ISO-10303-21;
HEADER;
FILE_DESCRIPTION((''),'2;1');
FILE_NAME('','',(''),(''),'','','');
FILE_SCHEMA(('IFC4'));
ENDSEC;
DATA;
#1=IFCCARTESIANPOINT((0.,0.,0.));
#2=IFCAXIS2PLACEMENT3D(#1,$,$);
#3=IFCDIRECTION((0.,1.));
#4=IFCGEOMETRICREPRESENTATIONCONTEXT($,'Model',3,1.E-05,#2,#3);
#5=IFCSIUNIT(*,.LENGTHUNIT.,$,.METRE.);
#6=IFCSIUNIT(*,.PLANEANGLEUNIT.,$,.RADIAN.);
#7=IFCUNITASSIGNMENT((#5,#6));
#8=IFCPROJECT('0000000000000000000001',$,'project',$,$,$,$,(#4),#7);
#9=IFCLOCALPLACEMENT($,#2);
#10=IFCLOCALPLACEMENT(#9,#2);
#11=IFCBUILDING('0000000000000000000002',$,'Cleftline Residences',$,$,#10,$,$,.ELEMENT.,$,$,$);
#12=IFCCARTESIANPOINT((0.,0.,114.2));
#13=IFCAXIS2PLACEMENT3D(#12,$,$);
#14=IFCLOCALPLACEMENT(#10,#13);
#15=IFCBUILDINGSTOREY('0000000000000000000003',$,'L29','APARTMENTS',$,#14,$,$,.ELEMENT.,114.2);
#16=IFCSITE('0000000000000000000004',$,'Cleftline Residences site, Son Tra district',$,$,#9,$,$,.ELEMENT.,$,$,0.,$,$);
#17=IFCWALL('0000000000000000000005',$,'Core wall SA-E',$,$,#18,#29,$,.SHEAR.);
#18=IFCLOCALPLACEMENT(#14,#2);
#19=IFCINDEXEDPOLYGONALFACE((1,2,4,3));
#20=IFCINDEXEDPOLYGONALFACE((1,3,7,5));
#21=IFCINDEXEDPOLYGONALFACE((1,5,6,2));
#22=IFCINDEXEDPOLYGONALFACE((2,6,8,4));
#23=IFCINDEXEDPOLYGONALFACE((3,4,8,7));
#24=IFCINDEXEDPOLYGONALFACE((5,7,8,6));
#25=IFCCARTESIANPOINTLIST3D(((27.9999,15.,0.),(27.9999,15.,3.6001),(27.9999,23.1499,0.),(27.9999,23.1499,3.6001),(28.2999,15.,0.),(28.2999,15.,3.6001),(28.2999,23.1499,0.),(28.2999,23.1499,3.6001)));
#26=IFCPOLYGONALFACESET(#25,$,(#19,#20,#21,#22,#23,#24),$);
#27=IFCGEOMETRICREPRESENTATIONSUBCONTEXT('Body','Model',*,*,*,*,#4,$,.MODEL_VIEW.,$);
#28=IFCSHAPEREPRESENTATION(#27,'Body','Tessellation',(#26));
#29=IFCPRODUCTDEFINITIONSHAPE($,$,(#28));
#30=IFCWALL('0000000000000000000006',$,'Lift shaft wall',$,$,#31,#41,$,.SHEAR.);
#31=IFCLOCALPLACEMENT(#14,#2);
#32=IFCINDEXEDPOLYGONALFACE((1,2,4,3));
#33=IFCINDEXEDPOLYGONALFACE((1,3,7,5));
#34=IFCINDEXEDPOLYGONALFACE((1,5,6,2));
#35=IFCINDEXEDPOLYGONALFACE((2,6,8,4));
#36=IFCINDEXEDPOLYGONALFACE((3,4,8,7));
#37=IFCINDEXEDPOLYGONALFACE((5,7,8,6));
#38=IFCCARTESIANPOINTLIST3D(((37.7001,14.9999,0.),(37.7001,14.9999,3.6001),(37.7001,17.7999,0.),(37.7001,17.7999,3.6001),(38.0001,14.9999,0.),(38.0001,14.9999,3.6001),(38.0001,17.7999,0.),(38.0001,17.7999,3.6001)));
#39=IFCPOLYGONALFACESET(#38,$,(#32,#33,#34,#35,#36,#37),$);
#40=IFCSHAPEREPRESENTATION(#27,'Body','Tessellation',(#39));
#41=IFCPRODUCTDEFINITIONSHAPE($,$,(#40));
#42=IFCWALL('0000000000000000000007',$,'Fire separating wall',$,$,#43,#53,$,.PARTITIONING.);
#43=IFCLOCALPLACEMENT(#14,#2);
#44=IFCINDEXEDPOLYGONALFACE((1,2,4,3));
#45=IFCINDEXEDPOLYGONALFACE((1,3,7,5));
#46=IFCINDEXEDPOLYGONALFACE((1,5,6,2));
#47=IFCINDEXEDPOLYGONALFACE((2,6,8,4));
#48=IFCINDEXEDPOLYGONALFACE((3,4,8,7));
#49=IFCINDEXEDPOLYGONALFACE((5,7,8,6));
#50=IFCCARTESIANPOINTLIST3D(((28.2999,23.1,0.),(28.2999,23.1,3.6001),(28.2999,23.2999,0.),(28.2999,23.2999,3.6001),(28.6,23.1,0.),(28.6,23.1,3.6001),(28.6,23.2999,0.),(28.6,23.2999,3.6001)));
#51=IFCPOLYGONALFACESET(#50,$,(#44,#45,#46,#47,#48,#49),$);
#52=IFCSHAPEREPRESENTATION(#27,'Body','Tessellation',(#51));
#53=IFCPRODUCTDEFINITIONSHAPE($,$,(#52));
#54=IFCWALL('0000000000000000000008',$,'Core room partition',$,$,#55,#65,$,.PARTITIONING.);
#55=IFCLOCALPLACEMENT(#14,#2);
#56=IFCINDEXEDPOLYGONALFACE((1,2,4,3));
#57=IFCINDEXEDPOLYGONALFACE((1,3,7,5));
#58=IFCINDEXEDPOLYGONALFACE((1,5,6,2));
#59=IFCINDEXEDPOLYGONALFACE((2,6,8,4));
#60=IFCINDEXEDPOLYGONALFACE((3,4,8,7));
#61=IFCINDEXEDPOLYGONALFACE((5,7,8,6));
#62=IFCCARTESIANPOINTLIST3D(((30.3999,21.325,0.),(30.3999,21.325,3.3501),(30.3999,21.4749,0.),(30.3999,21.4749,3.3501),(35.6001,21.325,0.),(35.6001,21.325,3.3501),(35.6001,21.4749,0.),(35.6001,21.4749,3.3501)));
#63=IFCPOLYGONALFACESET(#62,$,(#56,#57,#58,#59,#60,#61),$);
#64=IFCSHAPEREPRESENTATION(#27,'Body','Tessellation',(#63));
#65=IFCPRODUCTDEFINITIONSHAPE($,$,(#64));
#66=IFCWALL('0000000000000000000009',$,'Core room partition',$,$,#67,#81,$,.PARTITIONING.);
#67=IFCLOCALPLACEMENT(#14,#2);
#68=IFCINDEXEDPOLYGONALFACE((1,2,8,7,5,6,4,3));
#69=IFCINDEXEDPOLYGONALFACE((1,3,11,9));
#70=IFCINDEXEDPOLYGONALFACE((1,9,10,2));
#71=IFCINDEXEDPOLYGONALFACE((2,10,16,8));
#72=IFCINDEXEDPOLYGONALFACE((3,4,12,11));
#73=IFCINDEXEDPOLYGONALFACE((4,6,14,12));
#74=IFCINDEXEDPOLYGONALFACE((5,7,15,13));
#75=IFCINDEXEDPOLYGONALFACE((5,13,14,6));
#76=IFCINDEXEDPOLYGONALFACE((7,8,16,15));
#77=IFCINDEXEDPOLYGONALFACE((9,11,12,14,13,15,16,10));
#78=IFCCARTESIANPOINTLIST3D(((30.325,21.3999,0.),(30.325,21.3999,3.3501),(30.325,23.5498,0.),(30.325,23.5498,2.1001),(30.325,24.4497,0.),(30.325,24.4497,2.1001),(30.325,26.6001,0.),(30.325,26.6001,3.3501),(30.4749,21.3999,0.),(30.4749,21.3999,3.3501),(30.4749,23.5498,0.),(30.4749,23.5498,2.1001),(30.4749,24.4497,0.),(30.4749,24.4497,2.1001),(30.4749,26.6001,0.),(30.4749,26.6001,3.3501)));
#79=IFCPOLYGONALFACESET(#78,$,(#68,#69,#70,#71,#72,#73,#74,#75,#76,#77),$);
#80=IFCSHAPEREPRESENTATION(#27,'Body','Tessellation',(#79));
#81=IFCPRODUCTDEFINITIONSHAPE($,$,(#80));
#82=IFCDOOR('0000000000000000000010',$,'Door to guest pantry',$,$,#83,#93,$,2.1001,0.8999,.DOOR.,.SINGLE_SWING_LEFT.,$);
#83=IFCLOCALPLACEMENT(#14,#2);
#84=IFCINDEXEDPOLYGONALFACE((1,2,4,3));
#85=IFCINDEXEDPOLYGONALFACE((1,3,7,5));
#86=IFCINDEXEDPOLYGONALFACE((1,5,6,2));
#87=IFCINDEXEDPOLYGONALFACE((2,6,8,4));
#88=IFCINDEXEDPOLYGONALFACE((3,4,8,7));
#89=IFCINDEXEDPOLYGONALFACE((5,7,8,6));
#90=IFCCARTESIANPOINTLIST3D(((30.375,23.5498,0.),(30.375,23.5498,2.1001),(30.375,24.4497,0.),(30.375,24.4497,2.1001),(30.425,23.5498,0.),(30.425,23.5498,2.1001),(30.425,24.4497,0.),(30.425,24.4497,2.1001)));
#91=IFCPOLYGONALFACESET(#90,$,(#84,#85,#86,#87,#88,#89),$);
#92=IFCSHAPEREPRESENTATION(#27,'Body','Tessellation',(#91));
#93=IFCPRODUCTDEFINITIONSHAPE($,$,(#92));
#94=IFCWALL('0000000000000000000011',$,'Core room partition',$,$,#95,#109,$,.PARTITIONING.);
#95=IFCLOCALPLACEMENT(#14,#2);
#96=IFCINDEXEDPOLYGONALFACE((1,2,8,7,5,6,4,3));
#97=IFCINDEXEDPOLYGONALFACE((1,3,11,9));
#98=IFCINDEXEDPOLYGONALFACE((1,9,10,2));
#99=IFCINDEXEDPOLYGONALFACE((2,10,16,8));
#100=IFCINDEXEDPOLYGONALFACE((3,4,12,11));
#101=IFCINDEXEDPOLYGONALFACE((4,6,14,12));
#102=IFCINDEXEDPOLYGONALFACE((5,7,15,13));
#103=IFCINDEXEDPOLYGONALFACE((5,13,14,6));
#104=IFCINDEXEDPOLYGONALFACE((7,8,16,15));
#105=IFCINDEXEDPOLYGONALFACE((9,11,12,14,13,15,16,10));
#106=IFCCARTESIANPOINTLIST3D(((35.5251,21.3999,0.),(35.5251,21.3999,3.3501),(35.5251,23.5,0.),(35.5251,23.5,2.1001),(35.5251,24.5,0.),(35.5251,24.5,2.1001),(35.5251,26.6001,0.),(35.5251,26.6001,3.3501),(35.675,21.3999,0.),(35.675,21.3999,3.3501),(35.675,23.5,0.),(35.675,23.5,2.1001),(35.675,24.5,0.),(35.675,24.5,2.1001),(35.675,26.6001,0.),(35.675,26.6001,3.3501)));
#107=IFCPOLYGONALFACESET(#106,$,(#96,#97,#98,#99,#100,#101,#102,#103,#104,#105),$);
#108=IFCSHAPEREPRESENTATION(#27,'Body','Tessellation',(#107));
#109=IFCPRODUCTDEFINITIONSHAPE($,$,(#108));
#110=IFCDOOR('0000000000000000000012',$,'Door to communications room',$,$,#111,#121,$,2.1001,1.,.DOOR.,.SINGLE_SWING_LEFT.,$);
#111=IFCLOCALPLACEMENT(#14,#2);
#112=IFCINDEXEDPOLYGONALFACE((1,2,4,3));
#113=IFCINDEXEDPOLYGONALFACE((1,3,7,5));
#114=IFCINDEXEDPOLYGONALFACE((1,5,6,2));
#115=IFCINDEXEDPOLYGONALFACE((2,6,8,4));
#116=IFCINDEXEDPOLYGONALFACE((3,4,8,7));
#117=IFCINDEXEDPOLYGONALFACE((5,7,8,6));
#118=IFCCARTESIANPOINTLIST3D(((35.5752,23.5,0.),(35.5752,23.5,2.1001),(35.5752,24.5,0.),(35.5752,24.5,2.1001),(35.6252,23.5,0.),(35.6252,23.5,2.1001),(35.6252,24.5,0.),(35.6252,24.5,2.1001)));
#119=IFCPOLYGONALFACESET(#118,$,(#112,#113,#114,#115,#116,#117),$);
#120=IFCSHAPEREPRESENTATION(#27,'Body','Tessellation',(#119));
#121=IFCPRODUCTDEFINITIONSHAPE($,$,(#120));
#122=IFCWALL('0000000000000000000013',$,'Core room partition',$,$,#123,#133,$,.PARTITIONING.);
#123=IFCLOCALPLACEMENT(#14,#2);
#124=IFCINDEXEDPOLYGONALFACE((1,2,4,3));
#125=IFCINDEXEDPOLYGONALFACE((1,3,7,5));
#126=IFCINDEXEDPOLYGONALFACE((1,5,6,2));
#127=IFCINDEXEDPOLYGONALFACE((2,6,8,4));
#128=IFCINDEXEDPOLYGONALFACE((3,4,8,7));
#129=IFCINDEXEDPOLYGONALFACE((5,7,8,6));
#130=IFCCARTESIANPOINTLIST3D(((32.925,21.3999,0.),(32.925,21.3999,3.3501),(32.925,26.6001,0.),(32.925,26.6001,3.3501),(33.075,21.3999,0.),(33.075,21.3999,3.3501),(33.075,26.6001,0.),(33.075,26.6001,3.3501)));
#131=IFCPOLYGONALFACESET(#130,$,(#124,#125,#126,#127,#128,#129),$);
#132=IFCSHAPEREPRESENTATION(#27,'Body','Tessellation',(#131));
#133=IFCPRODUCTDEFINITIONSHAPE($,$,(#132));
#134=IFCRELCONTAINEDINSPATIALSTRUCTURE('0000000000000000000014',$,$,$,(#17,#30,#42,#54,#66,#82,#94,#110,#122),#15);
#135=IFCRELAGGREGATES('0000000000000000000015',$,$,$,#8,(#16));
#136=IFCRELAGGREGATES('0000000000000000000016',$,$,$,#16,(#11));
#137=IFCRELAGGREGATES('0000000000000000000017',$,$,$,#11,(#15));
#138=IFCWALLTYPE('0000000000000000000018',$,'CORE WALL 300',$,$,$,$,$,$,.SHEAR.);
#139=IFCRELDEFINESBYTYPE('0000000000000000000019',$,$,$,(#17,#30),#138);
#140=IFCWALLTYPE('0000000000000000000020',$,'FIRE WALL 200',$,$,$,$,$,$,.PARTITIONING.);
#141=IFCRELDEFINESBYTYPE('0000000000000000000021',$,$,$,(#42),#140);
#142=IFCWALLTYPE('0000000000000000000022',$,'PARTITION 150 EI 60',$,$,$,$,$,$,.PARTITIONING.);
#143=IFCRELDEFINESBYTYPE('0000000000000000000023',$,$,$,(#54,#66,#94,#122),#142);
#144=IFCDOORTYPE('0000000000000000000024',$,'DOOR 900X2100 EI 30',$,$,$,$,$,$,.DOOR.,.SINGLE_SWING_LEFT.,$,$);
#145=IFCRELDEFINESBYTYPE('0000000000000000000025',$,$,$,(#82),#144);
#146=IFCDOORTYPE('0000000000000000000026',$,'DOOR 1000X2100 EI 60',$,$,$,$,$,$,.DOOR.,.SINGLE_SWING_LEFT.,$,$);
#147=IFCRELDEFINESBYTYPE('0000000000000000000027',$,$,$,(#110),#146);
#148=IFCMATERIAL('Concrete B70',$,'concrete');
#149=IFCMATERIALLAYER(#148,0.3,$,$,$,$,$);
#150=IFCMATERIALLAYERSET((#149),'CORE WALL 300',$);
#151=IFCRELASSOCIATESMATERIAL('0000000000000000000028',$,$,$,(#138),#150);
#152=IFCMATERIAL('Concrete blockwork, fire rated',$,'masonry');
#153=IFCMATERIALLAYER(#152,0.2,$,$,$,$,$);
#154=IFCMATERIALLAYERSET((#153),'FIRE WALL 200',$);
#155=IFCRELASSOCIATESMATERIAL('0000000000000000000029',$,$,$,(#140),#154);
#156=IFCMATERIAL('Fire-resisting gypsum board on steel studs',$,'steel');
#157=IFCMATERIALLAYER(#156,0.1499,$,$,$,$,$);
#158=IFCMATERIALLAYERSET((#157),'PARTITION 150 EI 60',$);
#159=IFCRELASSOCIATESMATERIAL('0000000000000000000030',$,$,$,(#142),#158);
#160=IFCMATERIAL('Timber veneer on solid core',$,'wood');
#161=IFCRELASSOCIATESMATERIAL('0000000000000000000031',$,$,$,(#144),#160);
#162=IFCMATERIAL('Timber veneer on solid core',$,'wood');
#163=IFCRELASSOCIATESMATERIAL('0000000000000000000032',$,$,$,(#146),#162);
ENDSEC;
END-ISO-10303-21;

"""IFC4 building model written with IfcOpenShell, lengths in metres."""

from ifc_helpers import new_model, si_unit, direction, frame, frame_2d, origin, place, context, subcontext, project, spatial, rectangle, extrude, material, layer, layer_set, type_object, element, fill, save


model = new_model("IFC4")

# Units and contexts
model_context = context("Model", 3, precision=1e-05, world=origin(), true_north=direction((0.0, 1.0)))
body_context = subcontext(model_context, "Body", "Model", "MODEL_VIEW")
ifc_project = project(units=[si_unit("LENGTHUNIT", "METRE"), si_unit("PLANEANGLEUNIT", "RADIAN")], contexts=[model_context])

# Site, building, storey
site_placement = place(None, origin())
site = spatial("IfcSite", under=ifc_project, at=site_placement, Name="Cleftline Residences site, Son Tra district", CompositionType="ELEMENT", RefElevation=0.0)
building_placement = place(site_placement, origin())
building = spatial("IfcBuilding", under=site, at=building_placement, Name="Cleftline Residences", CompositionType="ELEMENT")
storey_placement = place(building_placement, frame((0.0, 0.0, 114.2)))
storey = spatial("IfcBuildingStorey", under=building, at=storey_placement, Name="L29", Description="APARTMENTS", CompositionType="ELEMENT", Elevation=114.2)

# Walls
ifc_material_1 = material(Name="Concrete B70", Category="concrete")
ifc_layer_1 = layer(ifc_material_1, 0.3)
ifc_layer_set_1 = layer_set([ifc_layer_1], Name="CORE WALL 300")
wall_type_1 = type_object("IfcWallType", Name="CORE WALL 300", PredefinedType="SHEAR", material=ifc_layer_set_1)
wall_1_placement = place(storey_placement, frame((28.1499, 15.0, 0.0), z_axis=(0.0, 0.0, 1.0), x_axis=(0.0, 1.0, 0.0)))
element("IfcWall", 1, at=wall_1_placement, inside=storey, type_object=wall_type_1, Name="Core wall SA-E", PredefinedType="SHEAR", context=body_context, shape_type="SweptSolid", body=[
    extrude(rectangle(XDim=8.1499, YDim=0.3, at=frame_2d((4.075, 0.0))), origin(), (0.0, 0.0, 1.0), 3.6001),
])
wall_2_placement = place(storey_placement, frame((37.8501, 15.0, 0.0), z_axis=(0.0, 0.0, 1.0), x_axis=(0.0, 1.0, 0.0)))
element("IfcWall", 2, at=wall_2_placement, inside=storey, type_object=wall_type_1, Name="Lift shaft wall", PredefinedType="SHEAR", context=body_context, shape_type="SweptSolid", body=[
    extrude(rectangle(XDim=2.8, YDim=0.3, at=frame_2d((1.3999, 0.0))), origin(), (0.0, 0.0, 1.0), 3.6001),
])
ifc_material_2 = material(Name="Concrete blockwork, fire rated", Category="masonry")
ifc_layer_2 = layer(ifc_material_2, 0.2)
ifc_layer_set_2 = layer_set([ifc_layer_2], Name="FIRE WALL 200")
wall_type_2 = type_object("IfcWallType", Name="FIRE WALL 200", PredefinedType="PARTITIONING", material=ifc_layer_set_2)
wall_3_placement = place(storey_placement, frame((28.3, 23.2, 0.0), z_axis=(0.0, 0.0, 1.0), x_axis=(1.0, 0.0, 0.0)))
element("IfcWall", 3, at=wall_3_placement, inside=storey, type_object=wall_type_2, Name="Fire separating wall", PredefinedType="PARTITIONING", context=body_context, shape_type="SweptSolid", body=[
    extrude(rectangle(XDim=0.3, YDim=0.2, at=frame_2d((0.1499, 0.0))), origin(), (0.0, 0.0, 1.0), 3.6001),
])
ifc_material_3 = material(Name="Fire-resisting gypsum board on steel studs", Category="steel")
ifc_layer_3 = layer(ifc_material_3, 0.1499)
ifc_layer_set_3 = layer_set([ifc_layer_3], Name="PARTITION 150 EI 60")
wall_type_3 = type_object("IfcWallType", Name="PARTITION 150 EI 60", PredefinedType="PARTITIONING", material=ifc_layer_set_3)
wall_4_placement = place(storey_placement, frame((30.3999, 21.3999, 0.0), z_axis=(0.0, 0.0, 1.0), x_axis=(1.0, 0.0, 0.0)))
element("IfcWall", 4, at=wall_4_placement, inside=storey, type_object=wall_type_3, Name="Core room partition", PredefinedType="PARTITIONING", context=body_context, shape_type="SweptSolid", body=[
    extrude(rectangle(XDim=5.2002, YDim=0.1499, at=frame_2d((2.6001, 0.0))), origin(), (0.0, 0.0, 1.0), 3.3501),
])

# Walls, openings, doors
wall_5_placement = place(storey_placement, frame((30.3999, 21.3999, 0.0), z_axis=(0.0, 0.0, 1.0), x_axis=(0.0, 1.0, 0.0)))
wall_5 = element("IfcWall", 5, at=wall_5_placement, inside=storey, type_object=wall_type_3, Name="Core room partition", PredefinedType="PARTITIONING", context=body_context, shape_type="SweptSolid", body=[
    extrude(rectangle(XDim=5.2002, YDim=0.1499, at=frame_2d((2.6001, 0.0))), origin(), (0.0, 0.0, 1.0), 3.3501),
])
opening_1_placement = place(wall_5_placement, frame((2.1499, 0.0, 0.0)))
opening_1 = element("IfcOpeningElement", 6, at=opening_1_placement, cuts=wall_5, PredefinedType="OPENING", context=body_context, shape_type="SweptSolid", body=[
    extrude(rectangle(XDim=0.8999, YDim=2.1001, at=frame_2d((0.45, 1.05))), frame((0.0, 0.085, 0.0), z_axis=(0.0, -1.0, 0.0), x_axis=(1.0, 0.0, 0.0)), (0.0, 0.0, 1.0), 0.1699),
])
ifc_material_4 = material(Name="Timber veneer on solid core", Category="wood")
door_type_1 = type_object("IfcDoorType", Name="DOOR 900X2100 EI 30", OperationType="SINGLE_SWING_LEFT", PredefinedType="DOOR", material=ifc_material_4)
door_1_placement = place(opening_1_placement, origin())
door_1 = element("IfcDoor", 7, at=door_1_placement, inside=storey, type_object=door_type_1, Name="Door to guest pantry", OperationType="SINGLE_SWING_LEFT", OverallHeight=2.1001, OverallWidth=0.8999, PredefinedType="DOOR", context=body_context, shape_type="SweptSolid", body=[
    extrude(rectangle(XDim=0.8999, YDim=2.1001, at=frame_2d((0.45, 1.05))), frame((0.0, 0.0249, 0.0), z_axis=(0.0, -1.0, 0.0), x_axis=(1.0, 0.0, 0.0)), (0.0, 0.0, 1.0), 0.05),
])
fill(opening_1, door_1)
wall_6_placement = place(storey_placement, frame((35.6001, 21.3999, 0.0), z_axis=(0.0, 0.0, 1.0), x_axis=(0.0, 1.0, 0.0)))
wall_6 = element("IfcWall", 8, at=wall_6_placement, inside=storey, type_object=wall_type_3, Name="Core room partition", PredefinedType="PARTITIONING", context=body_context, shape_type="SweptSolid", body=[
    extrude(rectangle(XDim=5.2002, YDim=0.1499, at=frame_2d((2.6001, 0.0))), origin(), (0.0, 0.0, 1.0), 3.3501),
])
opening_2_placement = place(wall_6_placement, frame((2.1001, 0.0, 0.0)))
opening_2 = element("IfcOpeningElement", 9, at=opening_2_placement, cuts=wall_6, PredefinedType="OPENING", context=body_context, shape_type="SweptSolid", body=[
    extrude(rectangle(XDim=1.0, YDim=2.1001, at=frame_2d((0.5, 1.05))), frame((0.0, 0.085, 0.0), z_axis=(0.0, -1.0, 0.0), x_axis=(1.0, 0.0, 0.0)), (0.0, 0.0, 1.0), 0.1699),
])
ifc_material_5 = material(Name="Timber veneer on solid core", Category="wood")
door_type_2 = type_object("IfcDoorType", Name="DOOR 1000X2100 EI 60", OperationType="SINGLE_SWING_LEFT", PredefinedType="DOOR", material=ifc_material_5)
door_2_placement = place(opening_2_placement, origin())
door_2 = element("IfcDoor", 10, at=door_2_placement, inside=storey, type_object=door_type_2, Name="Door to communications room", OperationType="SINGLE_SWING_LEFT", OverallHeight=2.1001, OverallWidth=1.0, PredefinedType="DOOR", context=body_context, shape_type="SweptSolid", body=[
    extrude(rectangle(XDim=1.0, YDim=2.1001, at=frame_2d((0.5, 1.05))), frame((0.0, 0.0249, 0.0), z_axis=(0.0, -1.0, 0.0), x_axis=(1.0, 0.0, 0.0)), (0.0, 0.0, 1.0), 0.05),
])
fill(opening_2, door_2)

# Wall
wall_7_placement = place(storey_placement, frame((33.0, 21.3999, 0.0), z_axis=(0.0, 0.0, 1.0), x_axis=(0.0, 1.0, 0.0)))
element("IfcWall", 11, at=wall_7_placement, inside=storey, type_object=wall_type_3, Name="Core room partition", PredefinedType="PARTITIONING", context=body_context, shape_type="SweptSolid", body=[
    extrude(rectangle(XDim=5.2002, YDim=0.1499, at=frame_2d((2.6001, 0.0))), origin(), (0.0, 0.0, 1.0), 3.3501),
])

save(model, "model.ifc")
